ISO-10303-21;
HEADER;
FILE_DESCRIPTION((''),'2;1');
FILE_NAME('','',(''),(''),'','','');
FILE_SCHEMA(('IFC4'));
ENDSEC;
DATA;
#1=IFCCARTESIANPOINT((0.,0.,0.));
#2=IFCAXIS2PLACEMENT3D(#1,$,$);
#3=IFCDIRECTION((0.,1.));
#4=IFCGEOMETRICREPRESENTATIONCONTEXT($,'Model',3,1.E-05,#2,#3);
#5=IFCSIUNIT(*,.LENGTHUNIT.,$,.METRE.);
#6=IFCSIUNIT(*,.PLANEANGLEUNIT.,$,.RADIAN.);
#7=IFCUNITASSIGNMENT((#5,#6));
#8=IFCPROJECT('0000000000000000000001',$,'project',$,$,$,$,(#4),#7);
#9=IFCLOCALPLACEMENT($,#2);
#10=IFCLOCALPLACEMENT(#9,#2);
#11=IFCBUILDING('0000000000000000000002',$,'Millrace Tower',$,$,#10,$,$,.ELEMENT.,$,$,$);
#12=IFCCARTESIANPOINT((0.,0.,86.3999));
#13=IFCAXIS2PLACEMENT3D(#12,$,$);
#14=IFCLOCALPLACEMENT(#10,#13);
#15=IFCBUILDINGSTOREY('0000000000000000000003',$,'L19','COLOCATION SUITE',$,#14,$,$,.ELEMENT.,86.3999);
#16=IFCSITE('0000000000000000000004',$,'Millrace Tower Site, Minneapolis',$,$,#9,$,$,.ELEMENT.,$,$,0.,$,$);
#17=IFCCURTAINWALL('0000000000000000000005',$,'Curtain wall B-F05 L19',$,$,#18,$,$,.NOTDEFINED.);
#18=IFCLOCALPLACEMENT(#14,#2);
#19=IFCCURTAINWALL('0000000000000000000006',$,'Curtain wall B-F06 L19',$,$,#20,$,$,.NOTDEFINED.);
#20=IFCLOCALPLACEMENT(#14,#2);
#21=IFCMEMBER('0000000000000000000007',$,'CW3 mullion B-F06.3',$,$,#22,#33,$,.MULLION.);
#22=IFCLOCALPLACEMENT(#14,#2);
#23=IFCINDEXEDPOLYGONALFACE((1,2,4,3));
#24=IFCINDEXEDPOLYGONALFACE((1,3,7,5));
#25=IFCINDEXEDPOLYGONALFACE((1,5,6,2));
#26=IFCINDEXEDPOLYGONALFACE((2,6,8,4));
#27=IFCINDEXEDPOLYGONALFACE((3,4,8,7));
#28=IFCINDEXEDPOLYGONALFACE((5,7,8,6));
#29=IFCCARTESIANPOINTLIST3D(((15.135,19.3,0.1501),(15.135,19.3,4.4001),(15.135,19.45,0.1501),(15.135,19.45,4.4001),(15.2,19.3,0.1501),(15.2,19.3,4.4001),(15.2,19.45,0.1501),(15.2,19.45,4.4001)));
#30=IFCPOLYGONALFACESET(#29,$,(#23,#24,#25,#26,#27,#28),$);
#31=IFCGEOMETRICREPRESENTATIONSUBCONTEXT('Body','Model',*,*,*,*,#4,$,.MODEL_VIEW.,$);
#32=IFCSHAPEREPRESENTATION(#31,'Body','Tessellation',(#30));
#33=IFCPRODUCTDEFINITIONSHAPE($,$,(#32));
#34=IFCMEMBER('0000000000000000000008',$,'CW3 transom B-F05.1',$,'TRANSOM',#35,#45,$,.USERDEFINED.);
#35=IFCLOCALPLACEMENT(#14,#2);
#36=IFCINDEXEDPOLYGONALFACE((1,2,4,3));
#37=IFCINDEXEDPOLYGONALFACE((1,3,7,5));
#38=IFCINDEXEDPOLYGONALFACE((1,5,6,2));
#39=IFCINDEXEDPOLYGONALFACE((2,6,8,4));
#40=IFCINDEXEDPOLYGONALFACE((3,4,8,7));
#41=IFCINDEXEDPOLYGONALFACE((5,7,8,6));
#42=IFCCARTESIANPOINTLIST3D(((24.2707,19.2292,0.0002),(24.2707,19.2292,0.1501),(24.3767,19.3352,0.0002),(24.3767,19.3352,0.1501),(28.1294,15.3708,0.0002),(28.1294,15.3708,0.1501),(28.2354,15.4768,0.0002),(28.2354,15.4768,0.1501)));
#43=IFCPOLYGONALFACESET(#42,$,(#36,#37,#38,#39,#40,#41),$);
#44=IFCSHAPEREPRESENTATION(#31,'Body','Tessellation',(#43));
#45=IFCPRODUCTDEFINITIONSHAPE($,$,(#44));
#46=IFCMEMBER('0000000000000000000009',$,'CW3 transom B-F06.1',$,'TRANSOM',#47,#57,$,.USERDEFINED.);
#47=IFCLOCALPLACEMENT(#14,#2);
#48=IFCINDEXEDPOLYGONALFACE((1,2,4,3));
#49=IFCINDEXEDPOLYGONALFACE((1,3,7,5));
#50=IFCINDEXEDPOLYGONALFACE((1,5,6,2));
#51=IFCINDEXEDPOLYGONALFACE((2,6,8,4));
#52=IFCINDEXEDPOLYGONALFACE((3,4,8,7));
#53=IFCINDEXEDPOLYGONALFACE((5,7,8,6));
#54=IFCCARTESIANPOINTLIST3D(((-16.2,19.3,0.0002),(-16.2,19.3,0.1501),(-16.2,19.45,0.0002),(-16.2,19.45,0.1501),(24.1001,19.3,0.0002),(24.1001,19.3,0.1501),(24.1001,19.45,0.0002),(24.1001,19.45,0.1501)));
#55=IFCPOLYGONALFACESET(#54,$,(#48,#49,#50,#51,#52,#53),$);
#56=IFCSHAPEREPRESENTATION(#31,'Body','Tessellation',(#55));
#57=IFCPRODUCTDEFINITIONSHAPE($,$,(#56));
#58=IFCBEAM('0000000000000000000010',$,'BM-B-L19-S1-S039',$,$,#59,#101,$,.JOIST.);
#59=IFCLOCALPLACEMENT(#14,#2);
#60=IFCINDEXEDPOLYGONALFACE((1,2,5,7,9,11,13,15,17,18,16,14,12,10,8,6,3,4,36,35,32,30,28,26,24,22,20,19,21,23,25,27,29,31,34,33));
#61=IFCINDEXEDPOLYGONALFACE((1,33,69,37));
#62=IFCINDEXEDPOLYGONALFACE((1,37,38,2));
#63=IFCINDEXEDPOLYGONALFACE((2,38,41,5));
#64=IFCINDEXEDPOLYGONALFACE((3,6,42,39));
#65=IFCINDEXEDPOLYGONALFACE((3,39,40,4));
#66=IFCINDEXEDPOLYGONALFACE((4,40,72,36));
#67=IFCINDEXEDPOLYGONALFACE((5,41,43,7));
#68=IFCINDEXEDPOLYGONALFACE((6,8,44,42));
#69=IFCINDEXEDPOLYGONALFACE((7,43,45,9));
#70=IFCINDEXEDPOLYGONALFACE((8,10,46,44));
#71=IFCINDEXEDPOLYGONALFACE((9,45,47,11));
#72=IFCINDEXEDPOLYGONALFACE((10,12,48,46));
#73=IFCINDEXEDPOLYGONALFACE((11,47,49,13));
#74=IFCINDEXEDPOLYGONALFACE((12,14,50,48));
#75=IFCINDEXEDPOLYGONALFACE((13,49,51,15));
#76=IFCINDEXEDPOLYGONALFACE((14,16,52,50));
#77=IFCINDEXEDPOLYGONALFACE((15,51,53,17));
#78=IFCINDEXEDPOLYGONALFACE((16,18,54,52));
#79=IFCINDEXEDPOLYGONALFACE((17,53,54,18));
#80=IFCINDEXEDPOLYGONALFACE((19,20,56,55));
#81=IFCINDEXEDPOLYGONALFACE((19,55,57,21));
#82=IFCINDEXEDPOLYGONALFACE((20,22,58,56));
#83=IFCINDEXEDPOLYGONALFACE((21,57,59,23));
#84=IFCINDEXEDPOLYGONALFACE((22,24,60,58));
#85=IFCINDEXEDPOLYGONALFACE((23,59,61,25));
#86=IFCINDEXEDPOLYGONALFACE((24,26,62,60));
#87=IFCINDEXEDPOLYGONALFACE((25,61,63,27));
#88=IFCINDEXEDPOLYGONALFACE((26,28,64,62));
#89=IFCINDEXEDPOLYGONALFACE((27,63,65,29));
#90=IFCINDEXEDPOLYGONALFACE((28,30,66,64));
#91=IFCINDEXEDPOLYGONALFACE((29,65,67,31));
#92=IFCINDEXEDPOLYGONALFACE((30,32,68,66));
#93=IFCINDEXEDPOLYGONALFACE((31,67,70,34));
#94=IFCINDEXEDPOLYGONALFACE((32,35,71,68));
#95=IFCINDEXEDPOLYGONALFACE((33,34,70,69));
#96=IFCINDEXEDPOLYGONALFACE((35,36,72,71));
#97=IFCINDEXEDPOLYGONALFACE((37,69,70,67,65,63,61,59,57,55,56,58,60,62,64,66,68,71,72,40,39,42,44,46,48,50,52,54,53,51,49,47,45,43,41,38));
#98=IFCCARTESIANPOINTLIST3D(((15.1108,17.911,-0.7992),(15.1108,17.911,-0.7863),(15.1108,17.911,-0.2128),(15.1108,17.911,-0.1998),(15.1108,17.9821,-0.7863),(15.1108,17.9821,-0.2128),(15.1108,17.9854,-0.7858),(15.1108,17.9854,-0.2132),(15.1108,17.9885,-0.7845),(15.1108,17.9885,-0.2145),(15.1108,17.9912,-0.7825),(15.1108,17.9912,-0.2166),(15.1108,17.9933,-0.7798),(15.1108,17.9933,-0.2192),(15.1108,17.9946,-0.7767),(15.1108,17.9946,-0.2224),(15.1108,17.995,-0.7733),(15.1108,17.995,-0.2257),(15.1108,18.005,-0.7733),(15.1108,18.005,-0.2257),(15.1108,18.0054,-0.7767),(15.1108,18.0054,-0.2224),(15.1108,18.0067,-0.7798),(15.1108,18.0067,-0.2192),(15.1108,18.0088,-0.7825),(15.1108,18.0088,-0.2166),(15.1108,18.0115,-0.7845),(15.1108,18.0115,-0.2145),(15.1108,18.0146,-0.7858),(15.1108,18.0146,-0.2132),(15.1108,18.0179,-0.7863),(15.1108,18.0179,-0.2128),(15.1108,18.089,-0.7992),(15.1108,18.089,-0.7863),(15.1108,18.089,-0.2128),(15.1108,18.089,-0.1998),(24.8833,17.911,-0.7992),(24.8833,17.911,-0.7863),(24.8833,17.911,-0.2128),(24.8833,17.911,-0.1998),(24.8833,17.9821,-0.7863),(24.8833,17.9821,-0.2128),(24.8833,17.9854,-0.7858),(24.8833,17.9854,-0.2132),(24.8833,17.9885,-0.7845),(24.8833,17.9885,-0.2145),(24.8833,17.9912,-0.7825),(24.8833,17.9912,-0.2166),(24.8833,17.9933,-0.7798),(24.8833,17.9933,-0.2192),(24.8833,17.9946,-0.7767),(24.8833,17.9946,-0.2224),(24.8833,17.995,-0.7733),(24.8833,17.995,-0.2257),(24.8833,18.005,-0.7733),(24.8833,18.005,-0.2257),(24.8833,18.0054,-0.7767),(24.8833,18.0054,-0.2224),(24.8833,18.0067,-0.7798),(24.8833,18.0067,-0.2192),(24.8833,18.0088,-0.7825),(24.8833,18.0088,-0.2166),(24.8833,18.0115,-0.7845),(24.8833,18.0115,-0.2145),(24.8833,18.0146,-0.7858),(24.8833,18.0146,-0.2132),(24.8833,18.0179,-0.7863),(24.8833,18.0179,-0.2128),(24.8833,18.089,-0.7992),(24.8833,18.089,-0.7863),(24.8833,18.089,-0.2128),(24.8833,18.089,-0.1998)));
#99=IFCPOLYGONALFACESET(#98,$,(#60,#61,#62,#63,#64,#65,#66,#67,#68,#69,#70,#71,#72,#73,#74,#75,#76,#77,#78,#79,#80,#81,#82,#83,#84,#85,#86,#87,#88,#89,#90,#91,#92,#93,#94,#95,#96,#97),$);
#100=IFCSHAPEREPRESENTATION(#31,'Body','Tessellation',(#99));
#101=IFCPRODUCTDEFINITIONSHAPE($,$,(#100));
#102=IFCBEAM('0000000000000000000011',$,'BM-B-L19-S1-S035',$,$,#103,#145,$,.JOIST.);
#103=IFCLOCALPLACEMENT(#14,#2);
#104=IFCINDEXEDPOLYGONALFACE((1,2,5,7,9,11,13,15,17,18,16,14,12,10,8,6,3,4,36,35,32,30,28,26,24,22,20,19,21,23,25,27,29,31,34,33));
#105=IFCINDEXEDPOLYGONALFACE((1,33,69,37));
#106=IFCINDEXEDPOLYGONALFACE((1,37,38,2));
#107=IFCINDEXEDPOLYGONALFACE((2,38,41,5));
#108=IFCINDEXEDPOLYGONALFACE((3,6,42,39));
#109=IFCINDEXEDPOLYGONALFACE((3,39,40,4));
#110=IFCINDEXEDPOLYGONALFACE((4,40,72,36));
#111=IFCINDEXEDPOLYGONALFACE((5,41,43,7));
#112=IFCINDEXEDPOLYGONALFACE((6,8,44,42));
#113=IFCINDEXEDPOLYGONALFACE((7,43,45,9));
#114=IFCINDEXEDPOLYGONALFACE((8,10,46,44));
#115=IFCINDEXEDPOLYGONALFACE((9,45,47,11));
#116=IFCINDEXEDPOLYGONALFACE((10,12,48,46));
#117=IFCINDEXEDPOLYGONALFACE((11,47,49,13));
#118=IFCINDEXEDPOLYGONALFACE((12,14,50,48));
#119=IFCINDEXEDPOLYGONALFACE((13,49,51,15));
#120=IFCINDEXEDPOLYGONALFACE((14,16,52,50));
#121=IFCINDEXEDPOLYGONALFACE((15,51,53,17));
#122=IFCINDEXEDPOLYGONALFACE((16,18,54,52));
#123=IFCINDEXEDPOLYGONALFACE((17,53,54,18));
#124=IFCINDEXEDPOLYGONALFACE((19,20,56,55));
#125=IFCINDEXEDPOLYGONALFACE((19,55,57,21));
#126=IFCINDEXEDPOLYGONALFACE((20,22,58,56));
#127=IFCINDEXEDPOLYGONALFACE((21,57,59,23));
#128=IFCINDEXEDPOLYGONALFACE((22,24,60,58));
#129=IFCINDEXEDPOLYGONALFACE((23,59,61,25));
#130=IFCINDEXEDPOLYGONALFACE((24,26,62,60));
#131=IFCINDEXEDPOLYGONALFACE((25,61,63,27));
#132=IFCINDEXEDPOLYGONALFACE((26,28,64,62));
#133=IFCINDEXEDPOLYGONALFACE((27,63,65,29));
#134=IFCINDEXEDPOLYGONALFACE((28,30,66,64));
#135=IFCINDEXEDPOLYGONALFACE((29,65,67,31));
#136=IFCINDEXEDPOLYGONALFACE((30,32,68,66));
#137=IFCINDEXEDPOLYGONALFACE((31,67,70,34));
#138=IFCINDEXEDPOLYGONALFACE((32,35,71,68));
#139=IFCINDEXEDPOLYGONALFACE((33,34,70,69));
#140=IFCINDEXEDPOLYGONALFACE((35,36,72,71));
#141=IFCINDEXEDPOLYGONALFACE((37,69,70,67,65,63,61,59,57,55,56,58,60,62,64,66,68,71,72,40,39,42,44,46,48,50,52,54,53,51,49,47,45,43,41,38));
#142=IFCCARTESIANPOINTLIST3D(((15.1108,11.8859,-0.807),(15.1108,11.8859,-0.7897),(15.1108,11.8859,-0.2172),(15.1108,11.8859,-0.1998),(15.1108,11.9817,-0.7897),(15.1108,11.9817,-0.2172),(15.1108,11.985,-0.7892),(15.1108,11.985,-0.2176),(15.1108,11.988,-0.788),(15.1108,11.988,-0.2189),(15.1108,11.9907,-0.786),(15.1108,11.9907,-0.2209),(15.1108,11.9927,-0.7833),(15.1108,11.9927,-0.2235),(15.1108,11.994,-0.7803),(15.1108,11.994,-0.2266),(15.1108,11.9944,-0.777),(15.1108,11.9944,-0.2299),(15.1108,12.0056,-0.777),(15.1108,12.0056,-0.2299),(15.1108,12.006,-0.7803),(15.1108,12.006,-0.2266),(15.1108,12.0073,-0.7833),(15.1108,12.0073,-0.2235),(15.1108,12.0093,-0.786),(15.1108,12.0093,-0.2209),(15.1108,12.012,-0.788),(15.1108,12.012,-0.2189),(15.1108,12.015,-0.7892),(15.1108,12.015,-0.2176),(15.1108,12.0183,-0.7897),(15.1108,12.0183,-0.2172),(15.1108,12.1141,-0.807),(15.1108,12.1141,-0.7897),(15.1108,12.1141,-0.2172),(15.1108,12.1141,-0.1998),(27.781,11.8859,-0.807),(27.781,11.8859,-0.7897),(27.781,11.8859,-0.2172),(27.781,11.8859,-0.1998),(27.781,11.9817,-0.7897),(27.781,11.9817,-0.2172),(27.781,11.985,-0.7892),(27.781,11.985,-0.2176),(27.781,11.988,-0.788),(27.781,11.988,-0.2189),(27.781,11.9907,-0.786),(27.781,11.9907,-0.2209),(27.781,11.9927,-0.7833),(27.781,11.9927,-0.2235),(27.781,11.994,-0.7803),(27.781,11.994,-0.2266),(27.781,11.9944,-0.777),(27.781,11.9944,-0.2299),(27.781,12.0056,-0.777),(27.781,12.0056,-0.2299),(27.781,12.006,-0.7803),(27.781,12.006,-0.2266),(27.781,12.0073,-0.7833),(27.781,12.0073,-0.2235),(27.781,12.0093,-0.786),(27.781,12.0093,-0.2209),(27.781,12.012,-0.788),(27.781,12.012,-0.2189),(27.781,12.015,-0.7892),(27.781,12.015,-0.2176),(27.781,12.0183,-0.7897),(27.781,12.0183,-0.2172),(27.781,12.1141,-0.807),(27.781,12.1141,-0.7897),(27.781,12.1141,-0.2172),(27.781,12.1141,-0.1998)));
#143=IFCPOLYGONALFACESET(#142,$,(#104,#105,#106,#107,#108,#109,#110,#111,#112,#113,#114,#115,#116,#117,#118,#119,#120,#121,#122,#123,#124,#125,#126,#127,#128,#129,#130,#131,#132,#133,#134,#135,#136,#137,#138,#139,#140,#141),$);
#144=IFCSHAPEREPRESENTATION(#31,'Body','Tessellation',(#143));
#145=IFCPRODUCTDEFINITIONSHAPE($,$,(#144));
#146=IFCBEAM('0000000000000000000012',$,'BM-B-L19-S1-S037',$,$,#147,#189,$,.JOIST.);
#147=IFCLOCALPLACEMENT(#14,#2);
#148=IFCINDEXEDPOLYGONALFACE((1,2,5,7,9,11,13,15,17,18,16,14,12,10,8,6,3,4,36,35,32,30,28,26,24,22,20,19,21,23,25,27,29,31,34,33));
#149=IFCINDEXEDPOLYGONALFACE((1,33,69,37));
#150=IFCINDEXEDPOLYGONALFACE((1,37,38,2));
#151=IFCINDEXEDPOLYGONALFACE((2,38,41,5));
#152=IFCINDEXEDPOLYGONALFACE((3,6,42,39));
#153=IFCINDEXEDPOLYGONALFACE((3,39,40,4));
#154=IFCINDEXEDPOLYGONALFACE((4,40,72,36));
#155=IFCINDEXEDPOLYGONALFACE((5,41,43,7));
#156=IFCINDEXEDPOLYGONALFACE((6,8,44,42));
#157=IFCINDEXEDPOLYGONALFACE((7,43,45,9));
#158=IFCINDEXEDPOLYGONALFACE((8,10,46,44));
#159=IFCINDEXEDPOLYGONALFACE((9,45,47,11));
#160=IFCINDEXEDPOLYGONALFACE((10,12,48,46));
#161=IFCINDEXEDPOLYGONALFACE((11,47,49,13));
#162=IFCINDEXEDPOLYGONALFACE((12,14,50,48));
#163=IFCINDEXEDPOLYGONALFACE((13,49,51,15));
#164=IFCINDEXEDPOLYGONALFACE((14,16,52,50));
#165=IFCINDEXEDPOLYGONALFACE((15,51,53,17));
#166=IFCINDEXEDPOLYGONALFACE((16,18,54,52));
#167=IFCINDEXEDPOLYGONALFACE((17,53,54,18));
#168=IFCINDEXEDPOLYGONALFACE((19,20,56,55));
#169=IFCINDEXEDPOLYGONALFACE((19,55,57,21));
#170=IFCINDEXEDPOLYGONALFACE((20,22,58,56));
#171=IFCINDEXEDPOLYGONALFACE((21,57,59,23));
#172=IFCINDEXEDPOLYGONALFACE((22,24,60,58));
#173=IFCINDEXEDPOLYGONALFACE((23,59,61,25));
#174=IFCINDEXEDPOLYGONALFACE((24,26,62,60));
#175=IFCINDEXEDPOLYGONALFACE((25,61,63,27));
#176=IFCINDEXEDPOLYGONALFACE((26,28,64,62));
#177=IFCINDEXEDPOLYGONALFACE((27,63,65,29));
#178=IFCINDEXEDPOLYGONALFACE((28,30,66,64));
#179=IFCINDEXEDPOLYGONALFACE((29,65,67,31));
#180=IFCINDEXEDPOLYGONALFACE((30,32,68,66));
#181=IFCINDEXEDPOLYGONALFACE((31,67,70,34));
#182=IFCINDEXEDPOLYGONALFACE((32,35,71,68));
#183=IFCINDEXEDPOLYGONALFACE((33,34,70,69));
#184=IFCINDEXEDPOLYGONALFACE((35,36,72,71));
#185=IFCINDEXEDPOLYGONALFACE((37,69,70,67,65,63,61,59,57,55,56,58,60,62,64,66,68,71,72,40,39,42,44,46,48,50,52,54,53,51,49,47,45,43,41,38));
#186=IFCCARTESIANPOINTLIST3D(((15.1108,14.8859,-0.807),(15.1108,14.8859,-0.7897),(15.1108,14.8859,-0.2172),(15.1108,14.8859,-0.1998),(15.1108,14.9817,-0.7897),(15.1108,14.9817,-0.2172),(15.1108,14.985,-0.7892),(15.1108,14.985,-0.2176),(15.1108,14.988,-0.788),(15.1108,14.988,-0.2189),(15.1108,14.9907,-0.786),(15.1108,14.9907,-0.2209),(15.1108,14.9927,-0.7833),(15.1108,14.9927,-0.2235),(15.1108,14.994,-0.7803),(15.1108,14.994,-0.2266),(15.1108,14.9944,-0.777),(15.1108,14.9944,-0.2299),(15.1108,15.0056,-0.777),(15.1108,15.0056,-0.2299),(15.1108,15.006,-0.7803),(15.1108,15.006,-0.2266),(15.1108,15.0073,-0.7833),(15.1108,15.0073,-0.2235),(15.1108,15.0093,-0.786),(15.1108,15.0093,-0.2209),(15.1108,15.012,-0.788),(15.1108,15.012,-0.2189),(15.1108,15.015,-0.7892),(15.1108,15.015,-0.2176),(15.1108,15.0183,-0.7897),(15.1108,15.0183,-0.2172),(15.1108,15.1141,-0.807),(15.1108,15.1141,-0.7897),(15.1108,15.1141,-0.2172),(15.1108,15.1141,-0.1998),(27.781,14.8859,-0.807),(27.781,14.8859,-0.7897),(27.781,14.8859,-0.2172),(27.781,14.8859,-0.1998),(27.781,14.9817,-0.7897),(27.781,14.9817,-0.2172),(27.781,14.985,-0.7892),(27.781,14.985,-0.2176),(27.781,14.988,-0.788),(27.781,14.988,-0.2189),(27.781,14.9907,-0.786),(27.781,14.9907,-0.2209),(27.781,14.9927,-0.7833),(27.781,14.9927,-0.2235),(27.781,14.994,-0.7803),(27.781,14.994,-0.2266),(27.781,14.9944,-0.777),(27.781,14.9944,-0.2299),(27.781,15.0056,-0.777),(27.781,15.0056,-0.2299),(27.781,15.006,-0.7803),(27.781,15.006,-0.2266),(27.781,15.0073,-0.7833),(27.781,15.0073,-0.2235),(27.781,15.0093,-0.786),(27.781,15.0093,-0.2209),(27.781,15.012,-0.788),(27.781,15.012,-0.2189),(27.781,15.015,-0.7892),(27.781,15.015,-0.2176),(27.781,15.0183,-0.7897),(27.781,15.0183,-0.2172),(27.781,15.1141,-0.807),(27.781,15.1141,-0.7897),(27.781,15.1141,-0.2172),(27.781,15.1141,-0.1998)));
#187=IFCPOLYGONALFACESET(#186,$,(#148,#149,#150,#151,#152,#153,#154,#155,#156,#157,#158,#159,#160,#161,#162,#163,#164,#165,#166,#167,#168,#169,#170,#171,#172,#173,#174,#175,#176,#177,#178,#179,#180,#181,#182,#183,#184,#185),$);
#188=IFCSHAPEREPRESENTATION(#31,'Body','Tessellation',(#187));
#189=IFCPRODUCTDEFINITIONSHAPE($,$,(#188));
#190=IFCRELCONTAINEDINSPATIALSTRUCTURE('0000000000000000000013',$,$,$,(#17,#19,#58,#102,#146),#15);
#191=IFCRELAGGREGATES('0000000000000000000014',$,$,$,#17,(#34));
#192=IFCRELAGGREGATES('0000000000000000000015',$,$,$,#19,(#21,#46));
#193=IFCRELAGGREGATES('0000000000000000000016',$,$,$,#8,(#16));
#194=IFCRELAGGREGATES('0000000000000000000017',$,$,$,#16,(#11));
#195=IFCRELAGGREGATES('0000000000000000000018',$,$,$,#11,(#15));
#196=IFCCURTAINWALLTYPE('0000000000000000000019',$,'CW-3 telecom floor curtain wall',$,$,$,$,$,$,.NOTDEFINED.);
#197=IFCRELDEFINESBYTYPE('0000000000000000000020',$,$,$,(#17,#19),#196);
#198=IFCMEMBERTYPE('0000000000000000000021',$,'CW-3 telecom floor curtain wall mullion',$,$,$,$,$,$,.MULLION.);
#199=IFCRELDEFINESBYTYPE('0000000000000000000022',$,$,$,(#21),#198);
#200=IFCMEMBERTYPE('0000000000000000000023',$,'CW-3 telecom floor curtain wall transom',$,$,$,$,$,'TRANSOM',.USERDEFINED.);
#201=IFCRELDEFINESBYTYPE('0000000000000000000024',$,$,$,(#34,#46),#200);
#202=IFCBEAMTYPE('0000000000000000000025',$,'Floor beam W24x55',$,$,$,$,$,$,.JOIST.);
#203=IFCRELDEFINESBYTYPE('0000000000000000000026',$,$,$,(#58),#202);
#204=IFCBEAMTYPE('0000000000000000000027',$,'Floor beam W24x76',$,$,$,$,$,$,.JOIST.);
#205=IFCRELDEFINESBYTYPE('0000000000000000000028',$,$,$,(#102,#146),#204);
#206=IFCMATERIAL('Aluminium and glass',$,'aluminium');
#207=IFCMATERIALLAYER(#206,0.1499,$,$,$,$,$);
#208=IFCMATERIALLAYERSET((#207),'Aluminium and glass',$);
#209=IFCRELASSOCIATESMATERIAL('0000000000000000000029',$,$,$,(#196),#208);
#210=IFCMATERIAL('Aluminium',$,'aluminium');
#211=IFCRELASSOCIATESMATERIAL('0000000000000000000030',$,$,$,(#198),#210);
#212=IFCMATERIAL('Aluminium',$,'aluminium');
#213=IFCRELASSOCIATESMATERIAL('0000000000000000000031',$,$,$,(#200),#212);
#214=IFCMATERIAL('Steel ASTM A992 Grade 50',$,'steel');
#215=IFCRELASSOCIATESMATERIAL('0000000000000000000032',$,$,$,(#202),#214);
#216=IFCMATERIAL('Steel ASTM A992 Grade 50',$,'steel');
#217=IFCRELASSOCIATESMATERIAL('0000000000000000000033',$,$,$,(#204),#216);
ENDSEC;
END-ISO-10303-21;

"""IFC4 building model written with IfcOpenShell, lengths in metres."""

from ifc_helpers import new_model, si_unit, direction, frame, origin, origin_2d, place, context, subcontext, project, spatial, rectangle, i_section, extrude, material, layer, layer_set, material_profile, profile_set, type_object, element, aggregate, save


model = new_model("IFC4")

# Units and contexts
model_context = context("Model", 3, precision=1e-05, world=origin(), true_north=direction((0.0, 1.0)))
body_context = subcontext(model_context, "Body", "Model", "MODEL_VIEW")
ifc_project = project(units=[si_unit("LENGTHUNIT", "METRE"), si_unit("PLANEANGLEUNIT", "RADIAN")], contexts=[model_context])

# Site, building, storey
site_placement = place(None, origin())
site = spatial("IfcSite", under=ifc_project, at=site_placement, Name="Millrace Tower Site, Minneapolis", CompositionType="ELEMENT", RefElevation=0.0)
building_placement = place(site_placement, origin())
building = spatial("IfcBuilding", under=site, at=building_placement, Name="Millrace Tower", CompositionType="ELEMENT")
storey_placement = place(building_placement, frame((0.0, 0.0, 86.3999)))
storey = spatial("IfcBuildingStorey", under=building, at=storey_placement, Name="L19", Description="COLOCATION SUITE", CompositionType="ELEMENT", Elevation=86.3999)

# Curtain wall
ifc_material_1 = material(Name="Aluminium and glass", Category="aluminium")
ifc_layer_1 = layer(ifc_material_1, 0.1499)
ifc_layer_set_1 = layer_set([ifc_layer_1], Name="Aluminium and glass")
curtain_wall_type = type_object("IfcCurtainWallType", Name="CW-3 telecom floor curtain wall", PredefinedType="NOTDEFINED", material=ifc_layer_set_1)
placement = place(storey_placement, origin())
ifc_material_2 = material(Name="Aluminium", Category="aluminium")
ifc_material_profile_1 = material_profile(ifc_material_2, rectangle(XDim=0.0649, YDim=0.1499, at=origin_2d()))
ifc_profile_set_1 = profile_set([ifc_material_profile_1], Name="Aluminium")
member_type_1 = type_object("IfcMemberType", Name="CW-3 telecom floor curtain wall mullion", PredefinedType="MULLION", material=ifc_profile_set_1)
curtain_wall_1 = element("IfcCurtainWall", 1, at=placement, inside=storey, type_object=curtain_wall_type, Name="Curtain wall B-F05 L19", PredefinedType="NOTDEFINED")

# Curtain wall, member
curtain_wall_2 = element("IfcCurtainWall", 2, at=placement, inside=storey, type_object=curtain_wall_type, Name="Curtain wall B-F06 L19", PredefinedType="NOTDEFINED")
member_1_placement = place(storey_placement, frame((15.1675, 19.375, 0.1501), z_axis=(0.0, 0.0, 1.0), x_axis=(-1.0, 0.0, 0.0)))
member_1 = element("IfcMember", 3, at=member_1_placement, type_object=member_type_1, Name="CW3 mullion B-F06.3", PredefinedType="MULLION", context=body_context, shape_type="SweptSolid", body=[
    extrude(rectangle(XDim=0.0649, YDim=0.1499, at=origin_2d()), origin(), (0.0, 0.0, 1.0), 4.25),
])

# Members
ifc_material_3 = material(Name="Aluminium", Category="aluminium")
ifc_material_profile_2 = material_profile(ifc_material_3, rectangle(XDim=0.1499, YDim=0.1499, at=origin_2d()))
ifc_profile_set_2 = profile_set([ifc_material_profile_2], Name="Aluminium")
member_type_2 = type_object("IfcMemberType", Name="CW-3 telecom floor curtain wall transom", ElementType="TRANSOM", PredefinedType="USERDEFINED", material=ifc_profile_set_2)
member_2_placement = place(storey_placement, frame((28.1824, 15.4238, 0.0752), z_axis=(-0.707129, 0.707084, 0.0), x_axis=(-0.707084, -0.707129, 0.0)))
member_2 = element("IfcMember", 4, at=member_2_placement, type_object=member_type_2, Name="CW3 transom B-F05.1", ObjectType="TRANSOM", PredefinedType="USERDEFINED", context=body_context, shape_type="SweptSolid", body=[
    extrude(rectangle(XDim=0.1499, YDim=0.1499, at=origin_2d()), origin(), (0.0, 0.0, 1.0), 5.4568),
])
aggregate(curtain_wall_1, [member_2])
member_3_placement = place(storey_placement, frame((24.1001, 19.375, 0.0752), z_axis=(-1.0, 0.0, 0.0), x_axis=(0.0, -1.0, 0.0)))
member_3 = element("IfcMember", 5, at=member_3_placement, type_object=member_type_2, Name="CW3 transom B-F06.1", ObjectType="TRANSOM", PredefinedType="USERDEFINED", context=body_context, shape_type="SweptSolid", body=[
    extrude(rectangle(XDim=0.1499, YDim=0.1499, at=origin_2d()), origin(), (0.0, 0.0, 1.0), 40.3),
])
aggregate(curtain_wall_2, [member_1, member_3])

# Beams
ifc_material_4 = material(Name="Steel ASTM A992 Grade 50", Category="steel")
ifc_material_profile_3 = material_profile(ifc_material_4, i_section(OverallWidth=0.178, OverallDepth=0.5994, WebThickness=0.01, FlangeThickness=0.0129, FilletRadius=0.0129, at=origin_2d()))
ifc_profile_set_3 = profile_set([ifc_material_profile_3], Name="Steel ASTM A992 Grade 50")
beam_type_1 = type_object("IfcBeamType", Name="Floor beam W24x55", PredefinedType="JOIST", material=ifc_profile_set_3)
beam_1_placement = place(storey_placement, frame((15.1108, 18.0, -0.4995), z_axis=(1.0, 0.0, 0.0), x_axis=(0.0, 1.0, 0.0)))
element("IfcBeam", 6, at=beam_1_placement, inside=storey, type_object=beam_type_1, Name="BM-B-L19-S1-S039", PredefinedType="JOIST", context=body_context, shape_type="SweptSolid", body=[
    extrude(i_section(OverallWidth=0.178, OverallDepth=0.5994, WebThickness=0.01, FlangeThickness=0.0129, FilletRadius=0.0129, at=origin_2d()), origin(), (0.0, 0.0, 1.0), 9.7725),
])
ifc_material_5 = material(Name="Steel ASTM A992 Grade 50", Category="steel")
ifc_material_profile_4 = material_profile(ifc_material_5, i_section(OverallWidth=0.2283, OverallDepth=0.6072, WebThickness=0.0112, FlangeThickness=0.0173, FilletRadius=0.0127, at=origin_2d()))
ifc_profile_set_4 = profile_set([ifc_material_profile_4], Name="Steel ASTM A992 Grade 50")
beam_type_2 = type_object("IfcBeamType", Name="Floor beam W24x76", PredefinedType="JOIST", material=ifc_profile_set_4)
for number, where, z_axis, x_axis, name in (
    (7, (15.1108, 12.0, -0.5034), (1.0, 0.0, 0.0), (0.0, 1.0, 0.0), "BM-B-L19-S1-S035"),
    (8, (15.1108, 15.0, -0.5034), (1.0, 0.0, 0.0), (0.0, 1.0, 0.0), "BM-B-L19-S1-S037"),
):
    element("IfcBeam", number, at=place(storey_placement, frame(where, z_axis=z_axis, x_axis=x_axis)), inside=storey, type_object=beam_type_2, Name=name, PredefinedType="JOIST", context=body_context, shape_type="SweptSolid", body=[
        extrude(i_section(OverallWidth=0.2283, OverallDepth=0.6072, WebThickness=0.0112, FlangeThickness=0.0173, FilletRadius=0.0127, at=origin_2d()), origin(), (0.0, 0.0, 1.0), 12.6702),
    ])

save(model, "model.ifc")
